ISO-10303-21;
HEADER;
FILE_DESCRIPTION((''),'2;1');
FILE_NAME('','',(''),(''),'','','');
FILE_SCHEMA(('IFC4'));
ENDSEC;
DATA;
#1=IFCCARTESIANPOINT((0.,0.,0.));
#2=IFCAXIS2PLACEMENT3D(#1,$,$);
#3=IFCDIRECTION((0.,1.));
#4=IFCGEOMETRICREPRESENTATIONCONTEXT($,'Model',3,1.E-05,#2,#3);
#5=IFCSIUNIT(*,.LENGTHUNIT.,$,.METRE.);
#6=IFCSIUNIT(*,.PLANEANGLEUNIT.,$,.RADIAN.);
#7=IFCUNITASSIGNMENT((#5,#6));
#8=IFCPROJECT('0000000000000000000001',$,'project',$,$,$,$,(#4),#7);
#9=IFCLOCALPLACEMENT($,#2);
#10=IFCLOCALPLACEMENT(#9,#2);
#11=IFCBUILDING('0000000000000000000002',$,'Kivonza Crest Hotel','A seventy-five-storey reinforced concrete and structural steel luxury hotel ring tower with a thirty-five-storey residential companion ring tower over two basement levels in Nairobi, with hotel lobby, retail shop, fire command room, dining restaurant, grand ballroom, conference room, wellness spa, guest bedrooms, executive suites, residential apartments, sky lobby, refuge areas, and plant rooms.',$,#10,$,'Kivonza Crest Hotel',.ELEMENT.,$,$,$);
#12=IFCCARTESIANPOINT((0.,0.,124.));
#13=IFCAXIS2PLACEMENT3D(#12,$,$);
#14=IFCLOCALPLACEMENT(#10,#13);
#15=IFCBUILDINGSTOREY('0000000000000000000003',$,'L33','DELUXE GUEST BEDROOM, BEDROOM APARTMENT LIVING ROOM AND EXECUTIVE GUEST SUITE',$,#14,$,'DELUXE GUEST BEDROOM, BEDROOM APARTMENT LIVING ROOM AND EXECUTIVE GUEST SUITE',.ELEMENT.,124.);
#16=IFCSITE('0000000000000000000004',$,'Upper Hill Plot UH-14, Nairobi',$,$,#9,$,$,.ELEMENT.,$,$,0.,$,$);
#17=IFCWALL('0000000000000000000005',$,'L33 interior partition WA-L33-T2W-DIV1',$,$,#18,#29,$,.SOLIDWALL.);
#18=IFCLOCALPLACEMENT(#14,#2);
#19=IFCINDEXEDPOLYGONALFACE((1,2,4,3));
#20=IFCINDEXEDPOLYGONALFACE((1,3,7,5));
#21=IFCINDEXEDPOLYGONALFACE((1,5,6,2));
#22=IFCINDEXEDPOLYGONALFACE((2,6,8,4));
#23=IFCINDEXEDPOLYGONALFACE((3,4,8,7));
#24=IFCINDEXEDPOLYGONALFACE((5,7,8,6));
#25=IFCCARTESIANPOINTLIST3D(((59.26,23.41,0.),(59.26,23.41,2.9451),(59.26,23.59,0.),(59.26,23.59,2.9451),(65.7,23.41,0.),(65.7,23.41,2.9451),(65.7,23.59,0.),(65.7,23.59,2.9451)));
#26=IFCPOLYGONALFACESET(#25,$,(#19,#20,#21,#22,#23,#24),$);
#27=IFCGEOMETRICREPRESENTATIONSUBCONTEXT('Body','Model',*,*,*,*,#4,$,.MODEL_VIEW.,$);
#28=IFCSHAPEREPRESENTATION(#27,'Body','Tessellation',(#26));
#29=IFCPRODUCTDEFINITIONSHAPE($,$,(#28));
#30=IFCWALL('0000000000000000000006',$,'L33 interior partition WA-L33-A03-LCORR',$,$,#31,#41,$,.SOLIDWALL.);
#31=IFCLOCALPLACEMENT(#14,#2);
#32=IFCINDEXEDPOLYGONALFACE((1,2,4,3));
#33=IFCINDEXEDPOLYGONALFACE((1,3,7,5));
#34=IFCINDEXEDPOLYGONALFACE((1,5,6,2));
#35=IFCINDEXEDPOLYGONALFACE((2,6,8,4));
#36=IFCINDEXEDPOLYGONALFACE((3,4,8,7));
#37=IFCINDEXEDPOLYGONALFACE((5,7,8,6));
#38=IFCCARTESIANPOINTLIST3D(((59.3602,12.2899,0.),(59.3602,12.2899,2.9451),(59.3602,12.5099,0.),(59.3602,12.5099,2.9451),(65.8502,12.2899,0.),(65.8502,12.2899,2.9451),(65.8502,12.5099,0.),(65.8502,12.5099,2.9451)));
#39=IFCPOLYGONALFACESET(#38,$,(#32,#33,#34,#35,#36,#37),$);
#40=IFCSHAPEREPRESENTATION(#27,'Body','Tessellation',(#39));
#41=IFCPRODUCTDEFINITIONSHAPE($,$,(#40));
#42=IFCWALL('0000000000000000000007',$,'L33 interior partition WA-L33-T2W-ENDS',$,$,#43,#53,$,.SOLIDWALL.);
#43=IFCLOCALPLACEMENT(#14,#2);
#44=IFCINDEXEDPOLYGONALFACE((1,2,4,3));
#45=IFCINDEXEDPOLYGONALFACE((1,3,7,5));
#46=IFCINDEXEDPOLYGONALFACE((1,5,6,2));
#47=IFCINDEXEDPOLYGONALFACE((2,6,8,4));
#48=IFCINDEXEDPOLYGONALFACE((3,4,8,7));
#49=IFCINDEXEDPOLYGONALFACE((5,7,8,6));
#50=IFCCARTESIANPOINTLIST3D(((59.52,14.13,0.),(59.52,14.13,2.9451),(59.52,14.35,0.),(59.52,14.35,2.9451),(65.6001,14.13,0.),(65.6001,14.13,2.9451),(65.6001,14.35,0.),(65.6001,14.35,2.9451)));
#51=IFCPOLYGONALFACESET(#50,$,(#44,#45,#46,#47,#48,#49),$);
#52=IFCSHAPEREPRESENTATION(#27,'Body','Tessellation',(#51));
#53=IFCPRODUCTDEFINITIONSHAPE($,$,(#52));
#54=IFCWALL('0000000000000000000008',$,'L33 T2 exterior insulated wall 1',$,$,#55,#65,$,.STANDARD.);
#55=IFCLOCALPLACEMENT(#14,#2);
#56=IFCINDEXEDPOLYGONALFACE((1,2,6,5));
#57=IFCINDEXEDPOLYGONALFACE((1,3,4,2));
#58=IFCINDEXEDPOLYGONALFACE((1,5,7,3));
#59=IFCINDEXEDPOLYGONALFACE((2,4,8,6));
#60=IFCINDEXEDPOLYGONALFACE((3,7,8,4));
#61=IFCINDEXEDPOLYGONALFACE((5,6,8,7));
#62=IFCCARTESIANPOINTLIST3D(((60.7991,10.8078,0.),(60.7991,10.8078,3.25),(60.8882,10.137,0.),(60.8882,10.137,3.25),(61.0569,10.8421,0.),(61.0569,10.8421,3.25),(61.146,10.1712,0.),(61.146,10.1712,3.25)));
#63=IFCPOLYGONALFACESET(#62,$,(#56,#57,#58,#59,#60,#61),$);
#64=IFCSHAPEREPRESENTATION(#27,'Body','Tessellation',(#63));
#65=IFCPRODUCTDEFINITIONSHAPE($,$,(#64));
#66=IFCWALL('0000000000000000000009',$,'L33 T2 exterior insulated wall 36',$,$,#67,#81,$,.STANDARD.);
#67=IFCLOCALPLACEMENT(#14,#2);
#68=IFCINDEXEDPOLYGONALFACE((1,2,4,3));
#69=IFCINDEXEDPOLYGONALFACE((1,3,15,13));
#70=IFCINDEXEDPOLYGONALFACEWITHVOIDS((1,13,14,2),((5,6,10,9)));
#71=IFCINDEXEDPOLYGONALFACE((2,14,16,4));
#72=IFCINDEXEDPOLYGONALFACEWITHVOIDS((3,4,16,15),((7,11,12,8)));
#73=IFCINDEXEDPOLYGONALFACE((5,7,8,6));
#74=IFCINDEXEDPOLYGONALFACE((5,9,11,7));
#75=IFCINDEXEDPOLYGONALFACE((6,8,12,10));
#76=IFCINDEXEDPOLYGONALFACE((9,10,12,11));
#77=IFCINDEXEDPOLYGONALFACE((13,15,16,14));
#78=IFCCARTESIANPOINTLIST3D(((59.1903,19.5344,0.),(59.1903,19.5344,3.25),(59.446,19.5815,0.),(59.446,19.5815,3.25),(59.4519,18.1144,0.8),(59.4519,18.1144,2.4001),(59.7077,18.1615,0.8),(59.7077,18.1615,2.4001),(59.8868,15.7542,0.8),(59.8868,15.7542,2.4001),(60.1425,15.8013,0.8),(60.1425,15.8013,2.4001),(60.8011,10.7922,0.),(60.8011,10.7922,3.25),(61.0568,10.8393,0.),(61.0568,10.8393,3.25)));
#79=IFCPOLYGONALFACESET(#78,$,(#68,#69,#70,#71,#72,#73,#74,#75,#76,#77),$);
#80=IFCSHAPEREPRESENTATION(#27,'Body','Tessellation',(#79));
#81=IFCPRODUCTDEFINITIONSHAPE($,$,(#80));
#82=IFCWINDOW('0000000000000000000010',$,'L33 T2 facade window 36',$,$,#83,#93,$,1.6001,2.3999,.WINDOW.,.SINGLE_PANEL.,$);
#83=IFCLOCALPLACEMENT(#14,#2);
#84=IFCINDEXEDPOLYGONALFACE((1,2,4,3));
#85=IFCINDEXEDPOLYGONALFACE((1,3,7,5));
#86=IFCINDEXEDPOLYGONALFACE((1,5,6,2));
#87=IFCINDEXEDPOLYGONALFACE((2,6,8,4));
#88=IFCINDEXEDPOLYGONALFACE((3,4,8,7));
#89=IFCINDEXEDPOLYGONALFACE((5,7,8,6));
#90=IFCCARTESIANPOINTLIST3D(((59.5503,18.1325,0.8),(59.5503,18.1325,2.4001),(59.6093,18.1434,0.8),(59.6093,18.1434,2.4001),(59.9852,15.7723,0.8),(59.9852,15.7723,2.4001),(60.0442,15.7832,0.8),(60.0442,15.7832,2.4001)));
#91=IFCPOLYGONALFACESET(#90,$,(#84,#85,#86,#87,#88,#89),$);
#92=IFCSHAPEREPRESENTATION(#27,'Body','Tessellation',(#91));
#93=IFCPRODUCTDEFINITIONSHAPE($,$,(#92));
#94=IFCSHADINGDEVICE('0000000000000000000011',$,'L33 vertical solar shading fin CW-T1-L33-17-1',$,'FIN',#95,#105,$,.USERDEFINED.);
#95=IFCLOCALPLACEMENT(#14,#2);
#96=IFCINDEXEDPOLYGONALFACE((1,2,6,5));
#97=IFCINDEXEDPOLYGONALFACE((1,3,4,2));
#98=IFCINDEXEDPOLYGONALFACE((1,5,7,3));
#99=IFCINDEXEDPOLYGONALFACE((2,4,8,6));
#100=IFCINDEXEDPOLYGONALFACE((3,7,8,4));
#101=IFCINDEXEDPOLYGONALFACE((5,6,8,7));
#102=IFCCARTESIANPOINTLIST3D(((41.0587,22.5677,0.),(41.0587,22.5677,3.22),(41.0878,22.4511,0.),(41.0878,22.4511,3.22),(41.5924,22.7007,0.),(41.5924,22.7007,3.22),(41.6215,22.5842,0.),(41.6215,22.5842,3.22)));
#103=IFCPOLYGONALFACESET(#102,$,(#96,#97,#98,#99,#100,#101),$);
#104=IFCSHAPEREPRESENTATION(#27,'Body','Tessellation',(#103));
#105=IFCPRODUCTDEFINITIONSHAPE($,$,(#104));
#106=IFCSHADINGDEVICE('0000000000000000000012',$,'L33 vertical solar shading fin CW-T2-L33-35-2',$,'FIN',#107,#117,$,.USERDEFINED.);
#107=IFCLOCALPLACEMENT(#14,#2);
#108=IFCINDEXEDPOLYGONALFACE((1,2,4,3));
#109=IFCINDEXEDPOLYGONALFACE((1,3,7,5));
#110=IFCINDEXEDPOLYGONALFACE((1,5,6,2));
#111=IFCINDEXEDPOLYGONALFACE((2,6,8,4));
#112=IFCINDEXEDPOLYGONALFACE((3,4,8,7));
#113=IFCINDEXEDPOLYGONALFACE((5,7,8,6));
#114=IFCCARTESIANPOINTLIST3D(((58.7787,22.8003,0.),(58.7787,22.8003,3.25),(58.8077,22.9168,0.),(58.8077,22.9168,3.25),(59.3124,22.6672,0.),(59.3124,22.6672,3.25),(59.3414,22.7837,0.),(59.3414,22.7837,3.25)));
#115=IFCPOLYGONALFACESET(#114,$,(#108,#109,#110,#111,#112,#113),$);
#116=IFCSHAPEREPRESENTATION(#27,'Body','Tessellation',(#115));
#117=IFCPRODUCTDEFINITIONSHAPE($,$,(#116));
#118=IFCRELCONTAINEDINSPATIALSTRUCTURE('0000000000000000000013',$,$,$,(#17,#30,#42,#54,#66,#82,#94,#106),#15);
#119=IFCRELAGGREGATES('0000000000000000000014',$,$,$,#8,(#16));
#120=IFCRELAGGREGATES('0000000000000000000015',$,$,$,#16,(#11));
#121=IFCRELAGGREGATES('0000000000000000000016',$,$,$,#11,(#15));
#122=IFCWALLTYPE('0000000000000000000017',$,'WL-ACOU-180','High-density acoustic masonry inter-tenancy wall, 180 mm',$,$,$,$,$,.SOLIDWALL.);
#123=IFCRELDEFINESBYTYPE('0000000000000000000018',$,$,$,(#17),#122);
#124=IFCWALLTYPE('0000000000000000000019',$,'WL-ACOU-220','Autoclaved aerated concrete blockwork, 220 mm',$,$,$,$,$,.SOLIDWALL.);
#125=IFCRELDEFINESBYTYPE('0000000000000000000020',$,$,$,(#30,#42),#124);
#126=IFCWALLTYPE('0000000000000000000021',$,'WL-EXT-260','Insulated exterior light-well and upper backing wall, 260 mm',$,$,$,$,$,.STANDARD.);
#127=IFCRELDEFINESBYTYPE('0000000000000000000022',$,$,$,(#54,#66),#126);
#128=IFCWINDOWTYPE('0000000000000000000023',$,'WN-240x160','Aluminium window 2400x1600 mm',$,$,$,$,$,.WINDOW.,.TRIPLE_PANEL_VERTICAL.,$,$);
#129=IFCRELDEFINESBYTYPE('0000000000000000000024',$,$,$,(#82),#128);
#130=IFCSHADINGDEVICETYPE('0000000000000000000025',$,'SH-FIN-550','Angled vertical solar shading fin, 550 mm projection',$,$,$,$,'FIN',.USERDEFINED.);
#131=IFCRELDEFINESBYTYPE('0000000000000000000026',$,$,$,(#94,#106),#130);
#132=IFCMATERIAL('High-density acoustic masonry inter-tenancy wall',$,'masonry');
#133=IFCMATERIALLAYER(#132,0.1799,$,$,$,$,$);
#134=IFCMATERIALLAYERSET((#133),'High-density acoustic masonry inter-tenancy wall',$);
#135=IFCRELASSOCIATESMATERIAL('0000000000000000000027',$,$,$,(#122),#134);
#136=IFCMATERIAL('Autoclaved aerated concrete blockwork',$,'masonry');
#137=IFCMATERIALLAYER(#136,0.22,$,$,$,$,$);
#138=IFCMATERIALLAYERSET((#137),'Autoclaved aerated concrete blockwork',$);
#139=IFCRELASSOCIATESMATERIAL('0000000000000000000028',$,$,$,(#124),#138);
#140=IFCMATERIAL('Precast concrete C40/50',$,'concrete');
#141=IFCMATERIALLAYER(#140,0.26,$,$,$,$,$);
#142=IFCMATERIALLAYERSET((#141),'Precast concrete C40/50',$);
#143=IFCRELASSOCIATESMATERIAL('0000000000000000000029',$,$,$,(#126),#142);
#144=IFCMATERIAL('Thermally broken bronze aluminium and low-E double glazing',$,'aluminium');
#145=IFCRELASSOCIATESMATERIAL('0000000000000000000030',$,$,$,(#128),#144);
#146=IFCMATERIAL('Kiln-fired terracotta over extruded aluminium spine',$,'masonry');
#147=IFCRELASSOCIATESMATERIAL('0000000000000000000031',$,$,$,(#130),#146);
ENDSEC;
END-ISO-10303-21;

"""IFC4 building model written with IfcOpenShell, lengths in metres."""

from ifc_helpers import new_model, si_unit, direction, frame, frame_2d, origin, origin_2d, place, context, subcontext, project, spatial, rectangle, extrude, material, layer, layer_set, type_object, element, fill, save


model = new_model("IFC4")

# Units and contexts
model_context = context("Model", 3, precision=1e-05, world=origin(), true_north=direction((0.0, 1.0)))
body_context = subcontext(model_context, "Body", "Model", "MODEL_VIEW")
ifc_project = project(units=[si_unit("LENGTHUNIT", "METRE"), si_unit("PLANEANGLEUNIT", "RADIAN")], contexts=[model_context])

# Site, building, storey
site_placement = place(None, origin())
site = spatial("IfcSite", under=ifc_project, at=site_placement, Name="Upper Hill Plot UH-14, Nairobi", CompositionType="ELEMENT", RefElevation=0.0)
building_placement = place(site_placement, origin())
building = spatial("IfcBuilding", under=site, at=building_placement, Name="Kivonza Crest Hotel", Description="A seventy-five-storey reinforced concrete and structural steel luxury hotel ring tower with a thirty-five-storey residential companion ring tower over two basement levels in Nairobi, with hotel lobby, retail shop, fire command room, dining restaurant, grand ballroom, conference room, wellness spa, guest bedrooms, executive suites, residential apartments, sky lobby, refuge areas, and plant rooms.", LongName="Kivonza Crest Hotel", CompositionType="ELEMENT")
storey_placement = place(building_placement, frame((0.0, 0.0, 124.0)))
storey = spatial("IfcBuildingStorey", under=building, at=storey_placement, Name="L33", Description="DELUXE GUEST BEDROOM, BEDROOM APARTMENT LIVING ROOM AND EXECUTIVE GUEST SUITE", LongName="DELUXE GUEST BEDROOM, BEDROOM APARTMENT LIVING ROOM AND EXECUTIVE GUEST SUITE", CompositionType="ELEMENT", Elevation=124.0)

# Walls
ifc_material_1 = material(Name="High-density acoustic masonry inter-tenancy wall", Category="masonry")
ifc_layer_1 = layer(ifc_material_1, 0.1799)
ifc_layer_set_1 = layer_set([ifc_layer_1], Name="High-density acoustic masonry inter-tenancy wall")
wall_type_1 = type_object("IfcWallType", Name="WL-ACOU-180", Description="High-density acoustic masonry inter-tenancy wall, 180 mm", PredefinedType="SOLIDWALL", material=ifc_layer_set_1)
wall_1_placement = place(storey_placement, frame((59.26, 23.5, 0.0), z_axis=(0.0, 0.0, 1.0), x_axis=(1.0, 0.0, 0.0)))
element("IfcWall", 1, at=wall_1_placement, inside=storey, type_object=wall_type_1, Name="L33 interior partition WA-L33-T2W-DIV1", PredefinedType="SOLIDWALL", context=body_context, shape_type="SweptSolid", body=[
    extrude(rectangle(XDim=6.4399, YDim=0.1799, at=frame_2d((3.22, 0.0))), origin(), (0.0, 0.0, 1.0), 2.9451),
])
ifc_material_2 = material(Name="Autoclaved aerated concrete blockwork", Category="masonry")
ifc_layer_2 = layer(ifc_material_2, 0.22)
ifc_layer_set_2 = layer_set([ifc_layer_2], Name="Autoclaved aerated concrete blockwork")
wall_type_2 = type_object("IfcWallType", Name="WL-ACOU-220", Description="Autoclaved aerated concrete blockwork, 220 mm", PredefinedType="SOLIDWALL", material=ifc_layer_set_2)
wall_2_placement = place(storey_placement, frame((59.3601, 12.3999, 0.0), z_axis=(0.0, 0.0, 1.0), x_axis=(1.0, 0.0, 0.0)))
element("IfcWall", 2, at=wall_2_placement, inside=storey, type_object=wall_type_2, Name="L33 interior partition WA-L33-A03-LCORR", PredefinedType="SOLIDWALL", context=body_context, shape_type="SweptSolid", body=[
    extrude(rectangle(XDim=6.49, YDim=0.22, at=frame_2d((3.2451, 0.0))), origin(), (0.0, 0.0, 1.0), 2.9451),
])
wall_3_placement = place(storey_placement, frame((59.52, 14.24, 0.0), z_axis=(0.0, 0.0, 1.0), x_axis=(1.0, 0.0, 0.0)))
element("IfcWall", 3, at=wall_3_placement, inside=storey, type_object=wall_type_2, Name="L33 interior partition WA-L33-T2W-ENDS", PredefinedType="SOLIDWALL", context=body_context, shape_type="SweptSolid", body=[
    extrude(rectangle(XDim=6.0801, YDim=0.22, at=frame_2d((3.04, 0.0))), origin(), (0.0, 0.0, 1.0), 2.9451),
])
ifc_material_3 = material(Name="Precast concrete C40/50", Category="concrete")
ifc_layer_3 = layer(ifc_material_3, 0.26)
ifc_layer_set_3 = layer_set([ifc_layer_3], Name="Precast concrete C40/50")
wall_type_3 = type_object("IfcWallType", Name="WL-EXT-260", Description="Insulated exterior light-well and upper backing wall, 260 mm", PredefinedType="STANDARD", material=ifc_layer_set_3)
wall_4_placement = place(storey_placement, frame((60.928, 10.825, 0.0), z_axis=(0.0, 0.0, 1.0), x_axis=(0.131667, -0.991294, 0.0)))
element("IfcWall", 4, at=wall_4_placement, inside=storey, type_object=wall_type_3, Name="L33 T2 exterior insulated wall 1", PredefinedType="STANDARD", context=body_context, shape_type="SweptSolid", body=[
    extrude(rectangle(XDim=0.6768, YDim=0.26, at=frame_2d((0.3384, 0.0))), origin(), (0.0, 0.0, 1.0), 3.25),
])

# Wall, opening, window
wall_5_placement = place(storey_placement, frame((59.3181, 19.5581, 0.0), z_axis=(0.0, 0.0, 1.0), x_axis=(0.18121, -0.983444, 0.0)))
wall_5 = element("IfcWall", 5, at=wall_5_placement, inside=storey, type_object=wall_type_3, Name="L33 T2 exterior insulated wall 36", PredefinedType="STANDARD", context=body_context, shape_type="SweptSolid", body=[
    extrude(rectangle(XDim=8.8894, YDim=0.26, at=frame_2d((4.4448, 0.0))), origin(), (0.0, 0.0, 1.0), 3.25),
])
opening_placement = place(wall_5_placement, frame((1.4441, 0.0, 0.8)))
opening = element("IfcOpeningElement", 6, at=opening_placement, cuts=wall_5, PredefinedType="OPENING", context=body_context, shape_type="SweptSolid", body=[
    extrude(rectangle(XDim=2.3999, YDim=1.6001, at=frame_2d((1.2, 0.8))), frame((0.0, 0.1401, 0.0), z_axis=(0.0, -1.0, 0.0), x_axis=(1.0, 0.0, 0.0)), (0.0, 0.0, 1.0), 0.28),
])
ifc_material_4 = material(Name="Thermally broken bronze aluminium and low-E double glazing", Category="aluminium")
window_type = type_object("IfcWindowType", Name="WN-240x160", Description="Aluminium window 2400x1600 mm", PartitioningType="TRIPLE_PANEL_VERTICAL", PredefinedType="WINDOW", material=ifc_material_4)
window_placement = place(opening_placement, origin())
window = element("IfcWindow", 7, at=window_placement, inside=storey, type_object=window_type, Name="L33 T2 facade window 36", OverallHeight=1.6001, OverallWidth=2.3999, PartitioningType="SINGLE_PANEL", PredefinedType="WINDOW", context=body_context, shape_type="SweptSolid", body=[
    extrude(rectangle(XDim=2.3999, YDim=1.6001, at=frame_2d((1.2, 0.8))), frame((0.0, 0.03, 0.0), z_axis=(0.0, -1.0, 0.0), x_axis=(1.0, 0.0, 0.0)), (0.0, 0.0, 1.0), 0.0601),
])
fill(opening, window)

# Shading devices
ifc_material_5 = material(Name="Kiln-fired terracotta over extruded aluminium spine", Category="masonry")
shading_device_type = type_object("IfcShadingDeviceType", Name="SH-FIN-550", Description="Angled vertical solar shading fin, 550 mm projection", ElementType="FIN", PredefinedType="USERDEFINED", material=ifc_material_5)
shading_device_1_placement = place(storey_placement, frame((41.3401, 22.5759, 0.0), z_axis=(0.0, 0.0, 1.0), x_axis=(-0.241922, 0.970296, 0.0)))
element("IfcShadingDevice", 8, at=shading_device_1_placement, inside=storey, type_object=shading_device_type, Name="L33 vertical solar shading fin CW-T1-L33-17-1", ObjectType="FIN", PredefinedType="USERDEFINED", context=body_context, shape_type="SweptSolid", body=[
    extrude(rectangle(XDim=0.1201, YDim=0.55, at=origin_2d()), origin(), (0.0, 0.0, 1.0), 3.22),
])
shading_device_2_placement = place(storey_placement, frame((59.0601, 22.792, 0.0), z_axis=(0.0, 0.0, 1.0), x_axis=(-0.241922, -0.970296, 0.0)))
element("IfcShadingDevice", 9, at=shading_device_2_placement, inside=storey, type_object=shading_device_type, Name="L33 vertical solar shading fin CW-T2-L33-35-2", ObjectType="FIN", PredefinedType="USERDEFINED", context=body_context, shape_type="SweptSolid", body=[
    extrude(rectangle(XDim=0.1201, YDim=0.55, at=origin_2d()), origin(), (0.0, 0.0, 1.0), 3.25),
])

save(model, "model.ifc")
